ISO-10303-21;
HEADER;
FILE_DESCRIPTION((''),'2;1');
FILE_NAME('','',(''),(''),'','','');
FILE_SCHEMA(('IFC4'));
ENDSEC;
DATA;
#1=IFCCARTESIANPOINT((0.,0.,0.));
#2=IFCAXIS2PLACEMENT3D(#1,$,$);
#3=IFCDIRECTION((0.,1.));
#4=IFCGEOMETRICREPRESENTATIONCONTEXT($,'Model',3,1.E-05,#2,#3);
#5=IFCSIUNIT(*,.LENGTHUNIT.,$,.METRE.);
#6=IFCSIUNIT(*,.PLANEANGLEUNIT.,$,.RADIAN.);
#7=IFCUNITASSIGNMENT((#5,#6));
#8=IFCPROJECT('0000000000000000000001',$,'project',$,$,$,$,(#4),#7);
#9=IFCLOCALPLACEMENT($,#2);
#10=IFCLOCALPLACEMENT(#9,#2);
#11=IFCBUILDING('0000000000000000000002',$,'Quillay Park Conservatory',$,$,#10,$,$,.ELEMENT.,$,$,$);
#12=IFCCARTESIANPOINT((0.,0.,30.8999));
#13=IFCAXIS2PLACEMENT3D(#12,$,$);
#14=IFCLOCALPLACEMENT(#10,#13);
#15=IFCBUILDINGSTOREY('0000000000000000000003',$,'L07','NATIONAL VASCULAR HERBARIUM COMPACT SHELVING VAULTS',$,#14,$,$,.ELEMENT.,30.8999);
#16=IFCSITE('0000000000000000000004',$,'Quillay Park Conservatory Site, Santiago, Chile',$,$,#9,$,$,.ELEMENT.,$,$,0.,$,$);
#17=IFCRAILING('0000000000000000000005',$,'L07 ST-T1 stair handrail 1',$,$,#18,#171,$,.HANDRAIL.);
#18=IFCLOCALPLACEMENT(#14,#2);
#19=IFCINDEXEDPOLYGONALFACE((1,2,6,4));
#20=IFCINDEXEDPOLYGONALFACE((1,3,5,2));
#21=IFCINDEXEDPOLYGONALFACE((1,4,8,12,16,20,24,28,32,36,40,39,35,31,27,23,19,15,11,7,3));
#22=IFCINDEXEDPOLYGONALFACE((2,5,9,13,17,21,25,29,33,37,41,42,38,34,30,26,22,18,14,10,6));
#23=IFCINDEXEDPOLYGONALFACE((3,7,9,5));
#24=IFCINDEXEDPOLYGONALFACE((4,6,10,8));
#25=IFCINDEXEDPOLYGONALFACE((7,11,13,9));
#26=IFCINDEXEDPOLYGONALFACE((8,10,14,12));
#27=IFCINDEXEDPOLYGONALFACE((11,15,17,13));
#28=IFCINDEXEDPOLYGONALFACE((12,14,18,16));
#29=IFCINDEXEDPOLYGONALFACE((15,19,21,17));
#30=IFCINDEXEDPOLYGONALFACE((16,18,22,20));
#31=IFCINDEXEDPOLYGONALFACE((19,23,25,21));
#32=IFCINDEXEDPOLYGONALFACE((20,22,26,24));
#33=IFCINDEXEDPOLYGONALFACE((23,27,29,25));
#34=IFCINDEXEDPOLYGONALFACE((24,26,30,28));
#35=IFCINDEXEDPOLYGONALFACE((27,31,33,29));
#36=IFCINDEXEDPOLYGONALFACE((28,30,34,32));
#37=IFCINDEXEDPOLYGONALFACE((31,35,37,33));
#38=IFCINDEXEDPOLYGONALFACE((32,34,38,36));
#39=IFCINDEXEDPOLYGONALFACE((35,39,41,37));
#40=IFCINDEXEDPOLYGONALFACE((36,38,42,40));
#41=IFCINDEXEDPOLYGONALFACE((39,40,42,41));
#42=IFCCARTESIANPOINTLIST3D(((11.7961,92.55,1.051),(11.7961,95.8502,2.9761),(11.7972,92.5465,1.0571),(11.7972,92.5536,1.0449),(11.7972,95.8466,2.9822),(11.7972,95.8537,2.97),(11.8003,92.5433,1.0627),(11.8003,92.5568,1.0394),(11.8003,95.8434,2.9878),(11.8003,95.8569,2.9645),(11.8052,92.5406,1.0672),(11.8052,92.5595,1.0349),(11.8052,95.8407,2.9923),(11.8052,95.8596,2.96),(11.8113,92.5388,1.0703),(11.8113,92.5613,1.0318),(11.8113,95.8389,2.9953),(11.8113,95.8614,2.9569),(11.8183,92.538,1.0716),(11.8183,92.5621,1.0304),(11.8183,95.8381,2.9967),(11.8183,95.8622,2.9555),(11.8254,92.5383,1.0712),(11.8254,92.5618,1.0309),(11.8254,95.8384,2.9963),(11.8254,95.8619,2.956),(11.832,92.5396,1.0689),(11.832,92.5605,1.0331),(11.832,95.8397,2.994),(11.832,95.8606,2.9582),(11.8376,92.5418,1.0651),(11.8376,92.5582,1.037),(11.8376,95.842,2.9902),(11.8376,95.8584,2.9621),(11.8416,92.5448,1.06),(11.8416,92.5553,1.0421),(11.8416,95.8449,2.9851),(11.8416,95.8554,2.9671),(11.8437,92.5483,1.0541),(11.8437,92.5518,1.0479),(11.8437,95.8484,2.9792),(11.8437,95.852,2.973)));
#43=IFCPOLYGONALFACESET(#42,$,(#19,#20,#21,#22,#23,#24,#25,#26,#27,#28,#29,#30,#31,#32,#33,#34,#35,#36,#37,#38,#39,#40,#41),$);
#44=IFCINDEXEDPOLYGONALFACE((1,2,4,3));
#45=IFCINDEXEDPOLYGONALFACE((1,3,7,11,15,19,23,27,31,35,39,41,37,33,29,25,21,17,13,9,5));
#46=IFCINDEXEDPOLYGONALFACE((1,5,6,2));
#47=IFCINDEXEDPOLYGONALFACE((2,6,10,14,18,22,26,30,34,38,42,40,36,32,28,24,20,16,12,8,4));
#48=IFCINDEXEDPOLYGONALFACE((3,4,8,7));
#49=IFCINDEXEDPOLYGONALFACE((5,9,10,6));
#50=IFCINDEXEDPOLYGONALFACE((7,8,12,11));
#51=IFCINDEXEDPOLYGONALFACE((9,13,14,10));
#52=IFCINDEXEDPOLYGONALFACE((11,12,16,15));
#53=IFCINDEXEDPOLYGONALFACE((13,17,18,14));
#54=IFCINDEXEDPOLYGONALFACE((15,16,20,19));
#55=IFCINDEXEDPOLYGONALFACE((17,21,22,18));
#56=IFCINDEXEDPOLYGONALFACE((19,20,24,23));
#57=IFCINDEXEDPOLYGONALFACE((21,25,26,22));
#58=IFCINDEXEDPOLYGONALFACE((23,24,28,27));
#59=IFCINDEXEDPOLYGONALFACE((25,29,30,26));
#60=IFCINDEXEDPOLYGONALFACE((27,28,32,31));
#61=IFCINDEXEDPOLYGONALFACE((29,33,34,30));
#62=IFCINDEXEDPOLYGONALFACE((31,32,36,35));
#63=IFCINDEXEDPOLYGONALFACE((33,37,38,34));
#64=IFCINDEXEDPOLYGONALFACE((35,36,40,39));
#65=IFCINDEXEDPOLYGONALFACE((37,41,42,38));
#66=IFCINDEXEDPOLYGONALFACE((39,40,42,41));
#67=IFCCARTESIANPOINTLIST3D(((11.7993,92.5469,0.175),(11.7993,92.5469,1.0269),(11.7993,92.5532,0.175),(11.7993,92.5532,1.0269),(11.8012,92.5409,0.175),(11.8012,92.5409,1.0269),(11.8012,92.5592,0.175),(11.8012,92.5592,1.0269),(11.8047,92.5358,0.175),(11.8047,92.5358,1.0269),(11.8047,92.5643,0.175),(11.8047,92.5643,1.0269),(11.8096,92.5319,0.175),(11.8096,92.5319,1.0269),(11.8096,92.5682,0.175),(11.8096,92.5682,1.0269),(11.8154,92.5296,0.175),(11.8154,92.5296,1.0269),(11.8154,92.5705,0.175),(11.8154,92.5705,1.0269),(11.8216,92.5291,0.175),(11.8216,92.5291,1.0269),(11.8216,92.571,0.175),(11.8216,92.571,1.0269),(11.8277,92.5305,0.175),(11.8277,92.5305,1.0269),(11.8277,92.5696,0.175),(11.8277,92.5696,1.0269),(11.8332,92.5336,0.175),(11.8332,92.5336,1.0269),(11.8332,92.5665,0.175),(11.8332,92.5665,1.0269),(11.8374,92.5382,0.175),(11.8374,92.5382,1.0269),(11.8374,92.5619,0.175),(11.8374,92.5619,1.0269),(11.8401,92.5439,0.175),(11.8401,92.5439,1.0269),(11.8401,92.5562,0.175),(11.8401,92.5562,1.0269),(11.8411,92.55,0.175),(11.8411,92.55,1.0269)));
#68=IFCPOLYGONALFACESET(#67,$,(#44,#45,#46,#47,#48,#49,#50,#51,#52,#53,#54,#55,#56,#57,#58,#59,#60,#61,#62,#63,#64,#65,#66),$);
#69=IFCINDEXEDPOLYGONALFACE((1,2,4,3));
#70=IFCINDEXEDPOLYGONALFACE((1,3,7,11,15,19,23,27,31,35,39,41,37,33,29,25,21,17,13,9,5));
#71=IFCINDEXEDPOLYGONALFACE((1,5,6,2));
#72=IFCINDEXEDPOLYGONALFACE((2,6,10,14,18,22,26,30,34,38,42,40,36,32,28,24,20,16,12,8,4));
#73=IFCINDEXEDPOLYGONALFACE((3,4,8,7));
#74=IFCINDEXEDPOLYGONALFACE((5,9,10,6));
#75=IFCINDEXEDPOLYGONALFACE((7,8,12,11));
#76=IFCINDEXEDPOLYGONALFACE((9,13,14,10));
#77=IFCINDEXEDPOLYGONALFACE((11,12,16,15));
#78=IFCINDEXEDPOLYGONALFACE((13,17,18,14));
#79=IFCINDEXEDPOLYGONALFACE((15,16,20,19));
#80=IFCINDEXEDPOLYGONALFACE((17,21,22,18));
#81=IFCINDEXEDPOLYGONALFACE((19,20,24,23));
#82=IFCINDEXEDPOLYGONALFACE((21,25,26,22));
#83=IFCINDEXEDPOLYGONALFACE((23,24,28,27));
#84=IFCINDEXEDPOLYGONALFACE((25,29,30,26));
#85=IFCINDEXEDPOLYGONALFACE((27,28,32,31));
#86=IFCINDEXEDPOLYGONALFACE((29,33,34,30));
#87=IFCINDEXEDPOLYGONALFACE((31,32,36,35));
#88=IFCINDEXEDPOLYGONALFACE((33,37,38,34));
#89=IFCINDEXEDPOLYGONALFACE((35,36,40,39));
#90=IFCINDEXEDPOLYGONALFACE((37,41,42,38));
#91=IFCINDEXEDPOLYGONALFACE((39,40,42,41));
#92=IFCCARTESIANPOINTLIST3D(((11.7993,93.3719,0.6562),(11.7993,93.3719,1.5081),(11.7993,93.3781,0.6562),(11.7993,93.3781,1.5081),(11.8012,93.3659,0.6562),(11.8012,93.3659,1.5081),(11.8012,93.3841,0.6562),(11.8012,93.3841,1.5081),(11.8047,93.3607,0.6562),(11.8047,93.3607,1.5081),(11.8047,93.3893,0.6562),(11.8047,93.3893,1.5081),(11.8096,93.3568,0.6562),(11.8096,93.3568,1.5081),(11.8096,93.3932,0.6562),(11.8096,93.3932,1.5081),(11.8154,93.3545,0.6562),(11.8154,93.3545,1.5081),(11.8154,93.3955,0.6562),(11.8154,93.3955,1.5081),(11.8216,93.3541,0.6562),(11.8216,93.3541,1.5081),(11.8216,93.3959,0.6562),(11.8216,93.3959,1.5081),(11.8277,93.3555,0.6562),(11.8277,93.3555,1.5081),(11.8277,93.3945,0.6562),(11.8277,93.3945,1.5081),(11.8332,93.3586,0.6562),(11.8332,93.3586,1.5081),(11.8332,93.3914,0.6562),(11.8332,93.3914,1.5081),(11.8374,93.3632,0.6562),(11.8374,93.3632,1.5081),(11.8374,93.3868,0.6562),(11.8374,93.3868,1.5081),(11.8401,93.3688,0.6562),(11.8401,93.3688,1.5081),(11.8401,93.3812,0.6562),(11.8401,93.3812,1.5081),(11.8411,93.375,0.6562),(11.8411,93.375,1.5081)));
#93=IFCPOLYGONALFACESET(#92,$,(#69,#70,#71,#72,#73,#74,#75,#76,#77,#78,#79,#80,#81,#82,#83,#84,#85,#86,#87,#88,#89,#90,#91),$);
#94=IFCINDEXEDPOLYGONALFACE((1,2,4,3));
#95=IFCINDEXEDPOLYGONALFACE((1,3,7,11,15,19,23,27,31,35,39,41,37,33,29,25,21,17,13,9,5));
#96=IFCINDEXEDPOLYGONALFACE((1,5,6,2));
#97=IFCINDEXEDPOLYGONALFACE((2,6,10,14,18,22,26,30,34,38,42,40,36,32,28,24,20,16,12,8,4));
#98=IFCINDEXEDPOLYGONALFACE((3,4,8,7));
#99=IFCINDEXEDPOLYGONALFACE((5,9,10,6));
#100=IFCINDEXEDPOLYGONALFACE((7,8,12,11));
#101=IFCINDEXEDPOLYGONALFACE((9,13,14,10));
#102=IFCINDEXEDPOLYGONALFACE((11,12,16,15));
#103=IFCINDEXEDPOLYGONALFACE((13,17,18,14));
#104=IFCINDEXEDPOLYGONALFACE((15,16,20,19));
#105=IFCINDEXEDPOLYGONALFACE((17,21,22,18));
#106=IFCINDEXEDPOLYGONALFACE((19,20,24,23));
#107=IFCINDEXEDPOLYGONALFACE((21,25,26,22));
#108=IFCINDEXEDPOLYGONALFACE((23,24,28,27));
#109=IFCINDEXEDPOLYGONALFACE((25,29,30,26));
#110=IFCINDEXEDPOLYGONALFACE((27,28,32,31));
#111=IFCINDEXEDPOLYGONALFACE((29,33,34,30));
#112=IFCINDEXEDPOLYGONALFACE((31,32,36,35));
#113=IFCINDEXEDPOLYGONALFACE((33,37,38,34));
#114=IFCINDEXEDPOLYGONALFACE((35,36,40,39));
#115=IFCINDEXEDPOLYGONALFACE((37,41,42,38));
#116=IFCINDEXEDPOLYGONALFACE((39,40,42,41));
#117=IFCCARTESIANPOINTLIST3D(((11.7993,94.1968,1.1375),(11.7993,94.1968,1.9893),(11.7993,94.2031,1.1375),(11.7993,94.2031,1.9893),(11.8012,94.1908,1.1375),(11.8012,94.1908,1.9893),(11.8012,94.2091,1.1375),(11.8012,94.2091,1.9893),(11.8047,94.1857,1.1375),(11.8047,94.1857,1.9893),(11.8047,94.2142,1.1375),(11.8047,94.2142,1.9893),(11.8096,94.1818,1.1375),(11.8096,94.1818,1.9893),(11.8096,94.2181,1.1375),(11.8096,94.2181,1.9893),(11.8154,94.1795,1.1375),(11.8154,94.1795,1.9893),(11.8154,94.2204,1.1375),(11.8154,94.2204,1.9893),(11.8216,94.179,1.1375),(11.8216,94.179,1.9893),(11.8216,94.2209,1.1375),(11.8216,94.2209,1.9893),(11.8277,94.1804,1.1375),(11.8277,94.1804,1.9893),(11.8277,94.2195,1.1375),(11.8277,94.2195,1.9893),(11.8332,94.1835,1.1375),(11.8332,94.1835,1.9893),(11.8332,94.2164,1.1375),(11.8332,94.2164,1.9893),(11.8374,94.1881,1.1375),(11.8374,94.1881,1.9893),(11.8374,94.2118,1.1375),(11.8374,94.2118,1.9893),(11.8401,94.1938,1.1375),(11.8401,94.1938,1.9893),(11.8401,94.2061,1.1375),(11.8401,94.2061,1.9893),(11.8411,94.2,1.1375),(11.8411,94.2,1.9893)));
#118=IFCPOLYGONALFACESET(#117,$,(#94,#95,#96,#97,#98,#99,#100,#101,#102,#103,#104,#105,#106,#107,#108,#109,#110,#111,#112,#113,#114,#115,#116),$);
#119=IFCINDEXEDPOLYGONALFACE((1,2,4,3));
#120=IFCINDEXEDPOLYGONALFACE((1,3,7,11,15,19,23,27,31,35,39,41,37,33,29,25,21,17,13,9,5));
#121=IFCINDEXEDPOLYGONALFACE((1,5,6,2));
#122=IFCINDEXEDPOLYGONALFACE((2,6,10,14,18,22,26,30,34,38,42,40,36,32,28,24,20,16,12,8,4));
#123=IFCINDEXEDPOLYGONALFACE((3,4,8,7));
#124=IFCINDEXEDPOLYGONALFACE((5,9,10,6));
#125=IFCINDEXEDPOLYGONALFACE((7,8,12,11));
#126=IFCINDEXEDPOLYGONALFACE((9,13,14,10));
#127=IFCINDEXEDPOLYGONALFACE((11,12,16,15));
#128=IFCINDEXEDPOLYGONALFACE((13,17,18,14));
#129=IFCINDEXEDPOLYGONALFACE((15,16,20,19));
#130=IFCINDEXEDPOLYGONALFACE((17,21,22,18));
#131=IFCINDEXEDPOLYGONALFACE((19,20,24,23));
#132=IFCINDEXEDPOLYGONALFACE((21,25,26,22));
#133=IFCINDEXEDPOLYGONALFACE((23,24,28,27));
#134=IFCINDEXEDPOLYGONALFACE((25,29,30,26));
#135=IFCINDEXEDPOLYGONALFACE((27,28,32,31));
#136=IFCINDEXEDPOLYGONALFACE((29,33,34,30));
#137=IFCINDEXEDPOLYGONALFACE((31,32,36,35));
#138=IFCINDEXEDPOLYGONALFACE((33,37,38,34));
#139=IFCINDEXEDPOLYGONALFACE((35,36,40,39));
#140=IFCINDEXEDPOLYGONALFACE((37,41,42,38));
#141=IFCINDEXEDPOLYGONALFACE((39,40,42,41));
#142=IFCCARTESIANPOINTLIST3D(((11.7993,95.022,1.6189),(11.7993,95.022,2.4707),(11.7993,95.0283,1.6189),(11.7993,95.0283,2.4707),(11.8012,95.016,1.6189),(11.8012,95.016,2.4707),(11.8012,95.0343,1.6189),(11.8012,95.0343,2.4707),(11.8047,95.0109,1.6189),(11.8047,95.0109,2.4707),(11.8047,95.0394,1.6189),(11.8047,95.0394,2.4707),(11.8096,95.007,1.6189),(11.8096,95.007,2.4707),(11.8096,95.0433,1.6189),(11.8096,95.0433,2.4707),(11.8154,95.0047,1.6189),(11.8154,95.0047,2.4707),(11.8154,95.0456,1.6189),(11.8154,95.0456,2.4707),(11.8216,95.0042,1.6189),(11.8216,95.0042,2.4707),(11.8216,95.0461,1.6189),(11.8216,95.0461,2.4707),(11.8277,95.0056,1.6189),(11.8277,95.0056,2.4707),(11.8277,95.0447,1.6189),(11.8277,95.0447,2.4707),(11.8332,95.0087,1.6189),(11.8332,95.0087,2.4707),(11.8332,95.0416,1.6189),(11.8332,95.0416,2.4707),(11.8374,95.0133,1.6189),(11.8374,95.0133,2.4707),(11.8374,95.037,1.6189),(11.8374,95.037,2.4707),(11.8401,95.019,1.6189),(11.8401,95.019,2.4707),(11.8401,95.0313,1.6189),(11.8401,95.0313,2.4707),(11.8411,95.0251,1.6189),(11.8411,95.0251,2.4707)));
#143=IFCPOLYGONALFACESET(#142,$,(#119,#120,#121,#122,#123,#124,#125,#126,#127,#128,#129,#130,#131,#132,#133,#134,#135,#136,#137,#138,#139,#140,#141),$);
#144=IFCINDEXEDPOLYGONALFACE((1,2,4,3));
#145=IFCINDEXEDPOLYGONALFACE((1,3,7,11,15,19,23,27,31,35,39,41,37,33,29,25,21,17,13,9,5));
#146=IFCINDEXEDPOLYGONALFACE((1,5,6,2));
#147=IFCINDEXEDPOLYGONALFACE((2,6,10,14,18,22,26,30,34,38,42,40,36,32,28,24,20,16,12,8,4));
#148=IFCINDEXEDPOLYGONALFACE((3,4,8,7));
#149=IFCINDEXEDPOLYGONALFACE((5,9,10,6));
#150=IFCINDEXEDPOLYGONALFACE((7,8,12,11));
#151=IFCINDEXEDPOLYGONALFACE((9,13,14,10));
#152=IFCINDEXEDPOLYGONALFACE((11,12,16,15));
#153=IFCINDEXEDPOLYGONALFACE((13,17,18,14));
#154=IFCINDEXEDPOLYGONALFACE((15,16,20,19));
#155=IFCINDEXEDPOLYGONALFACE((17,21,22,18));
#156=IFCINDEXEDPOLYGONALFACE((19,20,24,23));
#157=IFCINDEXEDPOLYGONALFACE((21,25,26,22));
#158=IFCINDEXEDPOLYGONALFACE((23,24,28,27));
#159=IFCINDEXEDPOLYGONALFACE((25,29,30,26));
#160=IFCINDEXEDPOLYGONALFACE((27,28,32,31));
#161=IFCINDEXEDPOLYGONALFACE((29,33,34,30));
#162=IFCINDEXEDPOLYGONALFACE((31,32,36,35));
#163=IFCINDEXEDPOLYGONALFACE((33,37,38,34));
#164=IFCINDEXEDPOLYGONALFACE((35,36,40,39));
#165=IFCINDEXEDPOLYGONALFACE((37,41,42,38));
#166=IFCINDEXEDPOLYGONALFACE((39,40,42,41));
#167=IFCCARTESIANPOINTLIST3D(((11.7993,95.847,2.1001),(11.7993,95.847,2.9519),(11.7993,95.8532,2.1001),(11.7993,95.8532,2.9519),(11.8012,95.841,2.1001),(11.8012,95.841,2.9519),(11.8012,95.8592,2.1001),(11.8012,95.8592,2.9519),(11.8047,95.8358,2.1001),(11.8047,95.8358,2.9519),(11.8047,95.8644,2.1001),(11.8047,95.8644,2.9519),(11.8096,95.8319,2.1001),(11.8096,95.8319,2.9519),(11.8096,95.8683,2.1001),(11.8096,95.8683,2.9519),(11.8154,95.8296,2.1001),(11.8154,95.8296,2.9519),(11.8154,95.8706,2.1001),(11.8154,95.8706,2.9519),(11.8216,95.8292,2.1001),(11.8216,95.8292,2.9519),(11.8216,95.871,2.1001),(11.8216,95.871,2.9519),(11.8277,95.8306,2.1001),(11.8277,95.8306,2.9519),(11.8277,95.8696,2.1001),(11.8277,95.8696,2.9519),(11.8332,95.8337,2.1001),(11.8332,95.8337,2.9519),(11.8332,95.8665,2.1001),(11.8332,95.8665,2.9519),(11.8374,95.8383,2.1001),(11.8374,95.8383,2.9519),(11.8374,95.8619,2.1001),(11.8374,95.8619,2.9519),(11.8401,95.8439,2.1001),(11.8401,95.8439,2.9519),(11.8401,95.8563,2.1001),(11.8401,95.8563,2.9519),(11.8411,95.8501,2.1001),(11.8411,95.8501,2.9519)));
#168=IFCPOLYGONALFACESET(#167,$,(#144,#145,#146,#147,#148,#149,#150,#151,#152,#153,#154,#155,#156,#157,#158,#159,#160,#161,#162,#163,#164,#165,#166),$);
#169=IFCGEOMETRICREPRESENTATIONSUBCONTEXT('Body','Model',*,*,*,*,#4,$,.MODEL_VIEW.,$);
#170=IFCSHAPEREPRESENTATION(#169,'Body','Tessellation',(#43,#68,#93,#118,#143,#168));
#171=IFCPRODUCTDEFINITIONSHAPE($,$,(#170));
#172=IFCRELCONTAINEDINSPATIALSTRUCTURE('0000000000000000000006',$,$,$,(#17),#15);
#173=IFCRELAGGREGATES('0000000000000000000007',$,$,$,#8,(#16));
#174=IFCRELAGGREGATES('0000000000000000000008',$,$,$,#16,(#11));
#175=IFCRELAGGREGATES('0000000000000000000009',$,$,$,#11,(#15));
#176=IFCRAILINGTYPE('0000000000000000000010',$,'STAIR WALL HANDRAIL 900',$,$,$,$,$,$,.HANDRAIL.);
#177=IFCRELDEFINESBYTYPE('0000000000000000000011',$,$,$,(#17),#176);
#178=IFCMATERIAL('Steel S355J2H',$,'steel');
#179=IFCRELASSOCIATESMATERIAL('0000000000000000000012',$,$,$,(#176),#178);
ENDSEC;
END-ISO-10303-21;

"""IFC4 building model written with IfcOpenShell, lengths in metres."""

from ifc_helpers import new_model, si_unit, direction, frame, origin, origin_2d, place, context, subcontext, project, spatial, circle, extrude, material, type_object, element, save


model = new_model("IFC4")

# Units and contexts
model_context = context("Model", 3, precision=1e-05, world=origin(), true_north=direction((0.0, 1.0)))
body_context = subcontext(model_context, "Body", "Model", "MODEL_VIEW")
ifc_project = project(units=[si_unit("LENGTHUNIT", "METRE"), si_unit("PLANEANGLEUNIT", "RADIAN")], contexts=[model_context])

# Site, building, storey
site_placement = place(None, origin())
site = spatial("IfcSite", under=ifc_project, at=site_placement, Name="Quillay Park Conservatory Site, Santiago, Chile", CompositionType="ELEMENT", RefElevation=0.0)
building_placement = place(site_placement, origin())
building = spatial("IfcBuilding", under=site, at=building_placement, Name="Quillay Park Conservatory", CompositionType="ELEMENT")
storey_placement = place(building_placement, frame((0.0, 0.0, 30.8999)))
storey = spatial("IfcBuildingStorey", under=building, at=storey_placement, Name="L07", Description="NATIONAL VASCULAR HERBARIUM COMPACT SHELVING VAULTS", CompositionType="ELEMENT", Elevation=30.8999)

# Railing
ifc_material_1 = material(Name="Steel S355J2H", Category="steel")
railing_type_1 = type_object("IfcRailingType", Name="STAIR WALL HANDRAIL 900", PredefinedType="HANDRAIL", material=ifc_material_1)
railing_1_placement = place(storey_placement, frame((11.8201, 92.55, 0.175)))
element("IfcRailing", 1, at=railing_1_placement, inside=storey, type_object=railing_type_1, Name="L07 ST-T1 stair handrail 1", PredefinedType="HANDRAIL", context=body_context, shape_type="SweptSolid", body=[
    extrude(circle(Radius=0.0239, at=origin_2d()), frame((0.0, 0.0, 0.876), z_axis=(0.0, 0.863777, 0.503875), x_axis=(-1.0, 0.0, 0.0)), (0.0, 0.0, 1.0), 3.8206),
    extrude(circle(Radius=0.021, at=origin_2d()), origin(), (0.0, 0.0, 1.0), 0.8518),
    extrude(circle(Radius=0.021, at=origin_2d()), frame((0.0, 0.825, 0.4812)), (0.0, 0.0, 1.0), 0.8518),
    extrude(circle(Radius=0.021, at=origin_2d()), frame((0.0, 1.6499, 0.9624)), (0.0, 0.0, 1.0), 0.8518),
    extrude(circle(Radius=0.021, at=origin_2d()), frame((0.0, 2.4751, 1.4438)), (0.0, 0.0, 1.0), 0.8518),
    extrude(circle(Radius=0.021, at=origin_2d()), frame((0.0, 3.3, 1.925)), (0.0, 0.0, 1.0), 0.8518),
])

save(model, "model.ifc")
